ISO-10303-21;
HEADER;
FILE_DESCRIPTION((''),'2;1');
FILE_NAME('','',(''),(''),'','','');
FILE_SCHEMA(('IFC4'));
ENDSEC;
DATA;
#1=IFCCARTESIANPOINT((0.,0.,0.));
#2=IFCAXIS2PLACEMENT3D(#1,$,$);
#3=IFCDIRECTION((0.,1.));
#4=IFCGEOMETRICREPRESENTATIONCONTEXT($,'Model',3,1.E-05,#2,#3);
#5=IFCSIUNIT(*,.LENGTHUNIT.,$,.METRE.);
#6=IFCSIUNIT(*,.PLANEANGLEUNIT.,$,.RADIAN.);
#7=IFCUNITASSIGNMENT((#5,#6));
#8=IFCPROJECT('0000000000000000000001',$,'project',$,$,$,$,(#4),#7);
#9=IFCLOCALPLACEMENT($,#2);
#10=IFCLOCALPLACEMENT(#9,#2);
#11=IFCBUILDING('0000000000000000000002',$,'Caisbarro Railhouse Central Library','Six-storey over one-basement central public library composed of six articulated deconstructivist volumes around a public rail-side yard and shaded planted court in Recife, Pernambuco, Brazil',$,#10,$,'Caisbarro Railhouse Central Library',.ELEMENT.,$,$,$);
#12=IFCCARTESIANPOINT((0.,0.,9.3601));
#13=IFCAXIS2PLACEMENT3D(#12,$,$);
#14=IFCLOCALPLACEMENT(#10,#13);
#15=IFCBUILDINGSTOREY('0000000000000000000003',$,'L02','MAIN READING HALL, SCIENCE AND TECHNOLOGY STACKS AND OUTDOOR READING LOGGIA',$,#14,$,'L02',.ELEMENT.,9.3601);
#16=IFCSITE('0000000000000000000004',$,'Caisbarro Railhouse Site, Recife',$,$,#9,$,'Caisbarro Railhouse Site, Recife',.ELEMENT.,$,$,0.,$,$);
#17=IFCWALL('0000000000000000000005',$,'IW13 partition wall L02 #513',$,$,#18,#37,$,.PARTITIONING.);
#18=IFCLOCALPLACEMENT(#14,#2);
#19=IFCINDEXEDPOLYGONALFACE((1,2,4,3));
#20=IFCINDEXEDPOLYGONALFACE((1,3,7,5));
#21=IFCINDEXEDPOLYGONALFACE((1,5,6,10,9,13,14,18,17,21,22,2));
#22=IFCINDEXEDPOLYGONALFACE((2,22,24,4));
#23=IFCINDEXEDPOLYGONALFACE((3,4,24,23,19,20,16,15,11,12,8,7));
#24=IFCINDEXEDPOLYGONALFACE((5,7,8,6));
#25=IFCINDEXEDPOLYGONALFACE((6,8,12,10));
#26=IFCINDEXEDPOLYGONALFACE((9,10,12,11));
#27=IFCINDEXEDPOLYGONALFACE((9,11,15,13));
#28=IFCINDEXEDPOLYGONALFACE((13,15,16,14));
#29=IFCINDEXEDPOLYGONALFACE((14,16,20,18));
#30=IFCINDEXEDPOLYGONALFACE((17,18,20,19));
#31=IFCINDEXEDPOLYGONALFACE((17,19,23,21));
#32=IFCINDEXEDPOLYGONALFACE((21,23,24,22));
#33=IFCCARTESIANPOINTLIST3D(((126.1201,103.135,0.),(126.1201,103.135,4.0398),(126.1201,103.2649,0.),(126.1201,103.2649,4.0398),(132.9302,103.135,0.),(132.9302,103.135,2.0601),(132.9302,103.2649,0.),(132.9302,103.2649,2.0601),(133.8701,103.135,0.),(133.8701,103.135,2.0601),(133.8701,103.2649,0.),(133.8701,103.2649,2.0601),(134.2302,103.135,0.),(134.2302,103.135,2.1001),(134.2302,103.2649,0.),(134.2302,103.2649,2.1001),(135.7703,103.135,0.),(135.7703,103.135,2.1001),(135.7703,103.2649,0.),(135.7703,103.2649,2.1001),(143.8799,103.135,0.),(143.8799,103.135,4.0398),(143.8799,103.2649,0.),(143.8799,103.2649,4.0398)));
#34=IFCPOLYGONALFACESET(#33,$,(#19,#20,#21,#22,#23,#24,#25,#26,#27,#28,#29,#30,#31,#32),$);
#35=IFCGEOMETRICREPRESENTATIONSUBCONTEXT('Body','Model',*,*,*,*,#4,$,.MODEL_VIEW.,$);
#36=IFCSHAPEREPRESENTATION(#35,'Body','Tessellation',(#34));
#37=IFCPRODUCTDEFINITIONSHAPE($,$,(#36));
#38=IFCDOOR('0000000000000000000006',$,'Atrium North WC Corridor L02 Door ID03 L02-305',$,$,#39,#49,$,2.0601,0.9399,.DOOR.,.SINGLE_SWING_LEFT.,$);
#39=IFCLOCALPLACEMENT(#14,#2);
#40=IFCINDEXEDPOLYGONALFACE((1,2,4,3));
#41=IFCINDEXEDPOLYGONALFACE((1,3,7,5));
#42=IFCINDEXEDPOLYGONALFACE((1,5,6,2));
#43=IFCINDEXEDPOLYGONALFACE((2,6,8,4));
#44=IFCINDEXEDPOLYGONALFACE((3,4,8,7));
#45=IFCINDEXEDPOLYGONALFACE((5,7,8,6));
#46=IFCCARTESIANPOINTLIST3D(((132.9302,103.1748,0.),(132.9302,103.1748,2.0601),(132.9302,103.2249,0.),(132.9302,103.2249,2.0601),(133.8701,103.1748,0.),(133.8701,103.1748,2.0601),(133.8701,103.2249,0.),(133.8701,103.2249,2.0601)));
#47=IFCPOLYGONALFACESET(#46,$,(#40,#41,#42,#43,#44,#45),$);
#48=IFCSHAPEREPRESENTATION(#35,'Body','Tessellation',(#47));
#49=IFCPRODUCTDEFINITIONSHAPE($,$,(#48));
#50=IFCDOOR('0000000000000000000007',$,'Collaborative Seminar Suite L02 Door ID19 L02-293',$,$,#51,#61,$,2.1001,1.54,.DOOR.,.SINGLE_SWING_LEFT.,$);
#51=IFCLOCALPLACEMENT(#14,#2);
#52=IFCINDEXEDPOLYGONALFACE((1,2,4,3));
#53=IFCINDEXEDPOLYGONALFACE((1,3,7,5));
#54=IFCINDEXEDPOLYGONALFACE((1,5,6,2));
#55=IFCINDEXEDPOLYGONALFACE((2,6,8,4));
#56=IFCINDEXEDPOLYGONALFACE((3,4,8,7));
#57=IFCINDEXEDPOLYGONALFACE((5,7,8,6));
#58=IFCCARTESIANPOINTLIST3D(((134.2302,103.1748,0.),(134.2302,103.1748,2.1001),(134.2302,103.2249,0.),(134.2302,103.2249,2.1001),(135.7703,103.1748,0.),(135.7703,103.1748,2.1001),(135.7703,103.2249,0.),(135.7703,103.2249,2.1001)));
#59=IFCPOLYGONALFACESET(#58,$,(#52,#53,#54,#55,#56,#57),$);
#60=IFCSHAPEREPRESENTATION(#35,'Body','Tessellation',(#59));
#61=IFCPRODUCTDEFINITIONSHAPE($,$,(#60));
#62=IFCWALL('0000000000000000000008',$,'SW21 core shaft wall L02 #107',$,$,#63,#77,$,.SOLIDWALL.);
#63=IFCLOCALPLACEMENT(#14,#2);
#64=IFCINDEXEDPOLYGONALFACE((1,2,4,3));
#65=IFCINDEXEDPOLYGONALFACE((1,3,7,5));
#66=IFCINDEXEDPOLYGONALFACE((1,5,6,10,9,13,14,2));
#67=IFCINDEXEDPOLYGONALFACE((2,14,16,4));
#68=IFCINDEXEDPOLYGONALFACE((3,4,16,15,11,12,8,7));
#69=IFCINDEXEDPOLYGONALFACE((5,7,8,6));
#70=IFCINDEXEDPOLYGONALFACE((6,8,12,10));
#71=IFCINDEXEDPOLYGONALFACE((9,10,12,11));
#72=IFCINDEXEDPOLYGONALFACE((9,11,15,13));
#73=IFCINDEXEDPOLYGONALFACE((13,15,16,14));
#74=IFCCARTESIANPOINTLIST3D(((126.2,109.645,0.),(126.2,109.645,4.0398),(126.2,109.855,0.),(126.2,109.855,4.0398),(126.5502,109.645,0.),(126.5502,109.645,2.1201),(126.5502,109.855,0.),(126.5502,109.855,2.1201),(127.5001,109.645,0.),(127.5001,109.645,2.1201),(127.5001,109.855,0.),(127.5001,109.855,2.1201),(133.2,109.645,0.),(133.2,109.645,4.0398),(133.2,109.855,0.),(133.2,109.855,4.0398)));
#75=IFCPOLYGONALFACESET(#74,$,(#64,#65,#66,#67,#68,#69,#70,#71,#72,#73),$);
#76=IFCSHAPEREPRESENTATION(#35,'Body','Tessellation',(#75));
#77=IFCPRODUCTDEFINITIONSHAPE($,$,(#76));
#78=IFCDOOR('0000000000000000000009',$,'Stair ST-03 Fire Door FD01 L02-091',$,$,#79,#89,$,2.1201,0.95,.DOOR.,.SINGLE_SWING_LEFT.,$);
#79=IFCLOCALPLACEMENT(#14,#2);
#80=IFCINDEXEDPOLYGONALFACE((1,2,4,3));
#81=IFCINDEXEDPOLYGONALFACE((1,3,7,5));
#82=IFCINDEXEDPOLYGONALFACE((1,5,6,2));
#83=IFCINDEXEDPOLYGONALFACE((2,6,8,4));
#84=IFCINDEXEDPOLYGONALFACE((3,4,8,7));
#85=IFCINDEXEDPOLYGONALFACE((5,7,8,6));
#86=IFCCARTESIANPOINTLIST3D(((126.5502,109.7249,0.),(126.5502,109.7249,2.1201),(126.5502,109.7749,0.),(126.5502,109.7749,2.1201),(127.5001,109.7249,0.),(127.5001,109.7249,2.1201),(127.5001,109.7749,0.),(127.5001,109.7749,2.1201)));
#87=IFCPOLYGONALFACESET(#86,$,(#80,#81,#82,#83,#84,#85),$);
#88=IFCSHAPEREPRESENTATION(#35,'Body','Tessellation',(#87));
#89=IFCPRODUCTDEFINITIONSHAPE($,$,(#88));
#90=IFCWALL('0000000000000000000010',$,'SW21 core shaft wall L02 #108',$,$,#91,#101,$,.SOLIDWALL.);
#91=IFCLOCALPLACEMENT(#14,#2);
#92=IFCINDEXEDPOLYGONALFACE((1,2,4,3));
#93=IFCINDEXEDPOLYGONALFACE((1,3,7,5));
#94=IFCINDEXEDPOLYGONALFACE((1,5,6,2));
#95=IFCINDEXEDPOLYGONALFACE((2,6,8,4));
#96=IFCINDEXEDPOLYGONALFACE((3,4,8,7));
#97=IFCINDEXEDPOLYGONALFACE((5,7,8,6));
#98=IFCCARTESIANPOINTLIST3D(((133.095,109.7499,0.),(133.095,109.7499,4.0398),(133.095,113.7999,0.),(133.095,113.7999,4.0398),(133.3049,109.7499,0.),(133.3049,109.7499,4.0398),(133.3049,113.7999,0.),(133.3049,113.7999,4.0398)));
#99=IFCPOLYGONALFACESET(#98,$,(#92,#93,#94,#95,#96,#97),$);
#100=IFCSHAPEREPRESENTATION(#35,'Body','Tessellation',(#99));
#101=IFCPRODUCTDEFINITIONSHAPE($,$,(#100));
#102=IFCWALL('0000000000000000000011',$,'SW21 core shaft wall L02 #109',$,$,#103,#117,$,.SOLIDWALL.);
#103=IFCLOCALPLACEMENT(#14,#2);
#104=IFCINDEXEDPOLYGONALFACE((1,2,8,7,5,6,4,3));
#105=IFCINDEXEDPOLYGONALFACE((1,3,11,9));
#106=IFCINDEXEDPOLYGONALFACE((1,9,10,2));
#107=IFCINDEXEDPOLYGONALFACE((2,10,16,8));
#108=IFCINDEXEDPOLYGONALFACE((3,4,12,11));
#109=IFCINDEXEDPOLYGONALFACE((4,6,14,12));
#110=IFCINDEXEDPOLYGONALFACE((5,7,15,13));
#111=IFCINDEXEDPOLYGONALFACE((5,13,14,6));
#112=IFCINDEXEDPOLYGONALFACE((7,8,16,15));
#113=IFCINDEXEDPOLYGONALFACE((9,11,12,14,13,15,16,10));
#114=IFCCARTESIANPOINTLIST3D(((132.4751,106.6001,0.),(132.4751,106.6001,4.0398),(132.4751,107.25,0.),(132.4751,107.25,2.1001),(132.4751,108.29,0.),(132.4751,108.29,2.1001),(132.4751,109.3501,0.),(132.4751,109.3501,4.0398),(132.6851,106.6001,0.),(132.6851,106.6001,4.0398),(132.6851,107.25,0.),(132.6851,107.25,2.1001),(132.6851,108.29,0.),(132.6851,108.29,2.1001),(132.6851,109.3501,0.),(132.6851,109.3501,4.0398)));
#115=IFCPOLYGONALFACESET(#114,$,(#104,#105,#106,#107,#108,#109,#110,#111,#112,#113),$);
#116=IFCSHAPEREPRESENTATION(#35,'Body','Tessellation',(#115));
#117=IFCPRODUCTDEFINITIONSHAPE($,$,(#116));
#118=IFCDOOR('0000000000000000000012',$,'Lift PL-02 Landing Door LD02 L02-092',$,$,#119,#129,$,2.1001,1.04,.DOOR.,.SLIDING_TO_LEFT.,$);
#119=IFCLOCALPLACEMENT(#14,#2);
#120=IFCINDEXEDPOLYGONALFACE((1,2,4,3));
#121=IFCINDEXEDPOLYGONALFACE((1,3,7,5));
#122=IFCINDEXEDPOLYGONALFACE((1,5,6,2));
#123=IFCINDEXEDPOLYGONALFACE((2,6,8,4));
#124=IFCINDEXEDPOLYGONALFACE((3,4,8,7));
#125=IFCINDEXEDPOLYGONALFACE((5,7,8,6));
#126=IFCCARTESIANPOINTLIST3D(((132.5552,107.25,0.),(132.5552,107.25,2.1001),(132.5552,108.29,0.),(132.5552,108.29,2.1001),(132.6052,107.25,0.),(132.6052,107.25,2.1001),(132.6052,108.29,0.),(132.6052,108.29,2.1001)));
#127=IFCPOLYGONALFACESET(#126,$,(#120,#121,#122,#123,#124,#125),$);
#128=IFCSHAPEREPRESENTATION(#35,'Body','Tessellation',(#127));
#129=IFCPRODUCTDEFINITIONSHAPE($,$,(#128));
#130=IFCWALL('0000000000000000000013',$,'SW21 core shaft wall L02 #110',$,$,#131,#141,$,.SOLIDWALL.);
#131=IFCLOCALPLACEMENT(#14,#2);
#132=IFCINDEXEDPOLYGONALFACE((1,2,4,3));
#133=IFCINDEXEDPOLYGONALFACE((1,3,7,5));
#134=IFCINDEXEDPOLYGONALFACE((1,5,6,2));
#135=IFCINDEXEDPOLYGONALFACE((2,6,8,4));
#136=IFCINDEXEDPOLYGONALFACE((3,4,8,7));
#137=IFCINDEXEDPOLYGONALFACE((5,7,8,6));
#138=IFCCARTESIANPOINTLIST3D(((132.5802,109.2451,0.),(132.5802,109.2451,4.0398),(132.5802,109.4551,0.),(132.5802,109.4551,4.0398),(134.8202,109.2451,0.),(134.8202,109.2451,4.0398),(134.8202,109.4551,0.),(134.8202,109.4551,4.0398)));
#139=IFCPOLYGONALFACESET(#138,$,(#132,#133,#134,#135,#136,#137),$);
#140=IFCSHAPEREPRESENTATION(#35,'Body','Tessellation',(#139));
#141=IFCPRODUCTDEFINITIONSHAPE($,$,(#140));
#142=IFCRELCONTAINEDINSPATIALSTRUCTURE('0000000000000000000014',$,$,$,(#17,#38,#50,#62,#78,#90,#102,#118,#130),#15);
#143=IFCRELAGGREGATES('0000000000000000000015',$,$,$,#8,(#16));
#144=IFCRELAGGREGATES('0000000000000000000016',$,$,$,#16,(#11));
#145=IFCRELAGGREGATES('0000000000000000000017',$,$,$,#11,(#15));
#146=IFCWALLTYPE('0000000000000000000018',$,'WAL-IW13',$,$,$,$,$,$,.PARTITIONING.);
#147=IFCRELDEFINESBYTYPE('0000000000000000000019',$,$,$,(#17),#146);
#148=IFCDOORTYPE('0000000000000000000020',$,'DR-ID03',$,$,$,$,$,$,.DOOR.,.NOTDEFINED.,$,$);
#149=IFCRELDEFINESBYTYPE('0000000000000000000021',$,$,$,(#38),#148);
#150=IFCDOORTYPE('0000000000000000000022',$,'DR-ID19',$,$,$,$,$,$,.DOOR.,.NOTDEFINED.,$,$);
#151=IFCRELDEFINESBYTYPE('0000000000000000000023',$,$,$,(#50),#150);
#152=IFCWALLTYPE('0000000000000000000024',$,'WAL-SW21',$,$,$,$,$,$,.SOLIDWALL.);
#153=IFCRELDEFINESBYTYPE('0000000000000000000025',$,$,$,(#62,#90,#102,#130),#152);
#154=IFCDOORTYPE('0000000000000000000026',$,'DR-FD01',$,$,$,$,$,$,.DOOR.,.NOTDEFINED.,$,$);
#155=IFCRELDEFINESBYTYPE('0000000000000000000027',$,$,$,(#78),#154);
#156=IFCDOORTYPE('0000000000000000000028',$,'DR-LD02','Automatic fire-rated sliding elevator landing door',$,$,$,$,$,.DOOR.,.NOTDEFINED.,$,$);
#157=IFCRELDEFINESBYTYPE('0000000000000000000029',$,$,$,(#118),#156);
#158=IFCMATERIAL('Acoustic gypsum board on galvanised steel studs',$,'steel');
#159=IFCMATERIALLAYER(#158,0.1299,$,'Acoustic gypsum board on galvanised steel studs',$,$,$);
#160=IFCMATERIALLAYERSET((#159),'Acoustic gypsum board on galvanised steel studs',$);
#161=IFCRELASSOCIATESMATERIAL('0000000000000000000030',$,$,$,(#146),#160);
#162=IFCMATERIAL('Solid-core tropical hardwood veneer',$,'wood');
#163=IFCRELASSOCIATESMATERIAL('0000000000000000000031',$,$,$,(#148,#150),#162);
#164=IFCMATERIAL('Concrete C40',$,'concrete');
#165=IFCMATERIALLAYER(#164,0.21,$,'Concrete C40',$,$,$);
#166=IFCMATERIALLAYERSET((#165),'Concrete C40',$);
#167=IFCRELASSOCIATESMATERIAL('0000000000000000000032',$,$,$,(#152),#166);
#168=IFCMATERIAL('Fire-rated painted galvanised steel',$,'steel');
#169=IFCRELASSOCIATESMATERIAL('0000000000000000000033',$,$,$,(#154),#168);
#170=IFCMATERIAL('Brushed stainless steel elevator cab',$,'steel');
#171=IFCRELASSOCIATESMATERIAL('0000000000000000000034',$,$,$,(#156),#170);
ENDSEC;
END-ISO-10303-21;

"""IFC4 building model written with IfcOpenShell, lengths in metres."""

from ifc_helpers import new_model, si_unit, direction, frame, frame_2d, origin, place, context, subcontext, project, spatial, rectangle, extrude, material, layer, layer_set, type_object, element, fill, save


model = new_model("IFC4")

# Units and contexts
model_context = context("Model", 3, precision=1e-05, world=origin(), true_north=direction((0.0, 1.0)))
body_context = subcontext(model_context, "Body", "Model", "MODEL_VIEW")
ifc_project = project(units=[si_unit("LENGTHUNIT", "METRE"), si_unit("PLANEANGLEUNIT", "RADIAN")], contexts=[model_context])

# Site, building, storey
site_placement = place(None, origin())
site = spatial("IfcSite", under=ifc_project, at=site_placement, Name="Caisbarro Railhouse Site, Recife", LongName="Caisbarro Railhouse Site, Recife", CompositionType="ELEMENT", RefElevation=0.0)
building_placement = place(site_placement, origin())
building = spatial("IfcBuilding", under=site, at=building_placement, Name="Caisbarro Railhouse Central Library", Description="Six-storey over one-basement central public library composed of six articulated deconstructivist volumes around a public rail-side yard and shaded planted court in Recife, Pernambuco, Brazil", LongName="Caisbarro Railhouse Central Library", CompositionType="ELEMENT")
storey_placement = place(building_placement, frame((0.0, 0.0, 9.3601)))
storey = spatial("IfcBuildingStorey", under=building, at=storey_placement, Name="L02", Description="MAIN READING HALL, SCIENCE AND TECHNOLOGY STACKS AND OUTDOOR READING LOGGIA", LongName="L02", CompositionType="ELEMENT", Elevation=9.3601)

# Shared definitions
ifc_material_1 = material(Name="Concrete C40", Category="concrete")

# Shared definitions
ifc_material_2 = material(Name="Fire-rated painted galvanised steel", Category="steel")

# Wall, openings, doors
ifc_material_3 = material(Name="Acoustic gypsum board on galvanised steel studs", Category="steel")
ifc_layer_1 = layer(ifc_material_3, 0.1299, Name="Acoustic gypsum board on galvanised steel studs")
ifc_layer_set_1 = layer_set([ifc_layer_1], Name="Acoustic gypsum board on galvanised steel studs")
wall_type_1 = type_object("IfcWallType", Name="WAL-IW13", PredefinedType="PARTITIONING", material=ifc_layer_set_1)
wall_1_placement = place(storey_placement, frame((126.1201, 103.2, 0.0), z_axis=(0.0, 0.0, 1.0), x_axis=(1.0, 0.0, 0.0)))
wall_1 = element("IfcWall", 1, at=wall_1_placement, inside=storey, type_object=wall_type_1, Name="IW13 partition wall L02 #513", PredefinedType="PARTITIONING", context=body_context, shape_type="SweptSolid", body=[
    extrude(rectangle(XDim=17.7598, YDim=0.1299, at=frame_2d((8.8799, 0.0))), origin(), (0.0, 0.0, 1.0), 4.0398),
])
opening_1_placement = place(wall_1_placement, frame((8.1101, 0.0, 0.0)))
opening_1 = element("IfcOpeningElement", 2, at=opening_1_placement, cuts=wall_1, PredefinedType="OPENING", context=body_context, shape_type="SweptSolid", body=[
    extrude(rectangle(XDim=1.54, YDim=2.1001, at=frame_2d((0.77, 1.05))), frame((0.0, 0.075, 0.0), z_axis=(0.0, -1.0, 0.0), x_axis=(1.0, 0.0, 0.0)), (0.0, 0.0, 1.0), 0.1499),
])
opening_2_placement = place(wall_1_placement, frame((6.8101, 0.0, 0.0)))
opening_2 = element("IfcOpeningElement", 3, at=opening_2_placement, cuts=wall_1, PredefinedType="OPENING", context=body_context, shape_type="SweptSolid", body=[
    extrude(rectangle(XDim=0.9399, YDim=2.0601, at=frame_2d((0.47, 1.03))), frame((0.0, 0.075, 0.0), z_axis=(0.0, -1.0, 0.0), x_axis=(1.0, 0.0, 0.0)), (0.0, 0.0, 1.0), 0.1499),
])
ifc_material_4 = material(Name="Solid-core tropical hardwood veneer", Category="wood")
door_type_1 = type_object("IfcDoorType", Name="DR-ID03", OperationType="NOTDEFINED", PredefinedType="DOOR", material=ifc_material_4)
door_1_placement = place(opening_2_placement, origin())
door_1 = element("IfcDoor", 4, at=door_1_placement, inside=storey, type_object=door_type_1, Name="Atrium North WC Corridor L02 Door ID03 L02-305", OperationType="SINGLE_SWING_LEFT", OverallHeight=2.0601, OverallWidth=0.9399, PredefinedType="DOOR", context=body_context, shape_type="SweptSolid", body=[
    extrude(rectangle(XDim=0.9399, YDim=2.0601, at=frame_2d((0.47, 1.03))), frame((0.0, 0.0249, 0.0), z_axis=(0.0, -1.0, 0.0), x_axis=(1.0, 0.0, 0.0)), (0.0, 0.0, 1.0), 0.05),
])
fill(opening_2, door_1)
door_type_2 = type_object("IfcDoorType", Name="DR-ID19", OperationType="NOTDEFINED", PredefinedType="DOOR", material=ifc_material_4)
door_2_placement = place(opening_1_placement, origin())
door_2 = element("IfcDoor", 5, at=door_2_placement, inside=storey, type_object=door_type_2, Name="Collaborative Seminar Suite L02 Door ID19 L02-293", OperationType="SINGLE_SWING_LEFT", OverallHeight=2.1001, OverallWidth=1.54, PredefinedType="DOOR", context=body_context, shape_type="SweptSolid", body=[
    extrude(rectangle(XDim=1.54, YDim=2.1001, at=frame_2d((0.77, 1.05))), frame((0.0, 0.0249, 0.0), z_axis=(0.0, -1.0, 0.0), x_axis=(1.0, 0.0, 0.0)), (0.0, 0.0, 1.0), 0.05),
])
fill(opening_1, door_2)

# Wall, opening, door
ifc_layer_2 = layer(ifc_material_1, 0.21, Name="Concrete C40")
ifc_layer_set_2 = layer_set([ifc_layer_2], Name="Concrete C40")
wall_type_2 = type_object("IfcWallType", Name="WAL-SW21", PredefinedType="SOLIDWALL", material=ifc_layer_set_2)
wall_2_placement = place(storey_placement, frame((126.2, 109.75, 0.0), z_axis=(0.0, 0.0, 1.0), x_axis=(1.0, 0.0, 0.0)))
wall_2 = element("IfcWall", 6, at=wall_2_placement, inside=storey, type_object=wall_type_2, Name="SW21 core shaft wall L02 #107", PredefinedType="SOLIDWALL", context=body_context, shape_type="SweptSolid", body=[
    extrude(rectangle(XDim=7.0, YDim=0.21, at=frame_2d((3.5, 0.0))), origin(), (0.0, 0.0, 1.0), 4.0398),
])
opening_3_placement = place(wall_2_placement, frame((0.3501, 0.0, 0.0)))
opening_3 = element("IfcOpeningElement", 7, at=opening_3_placement, cuts=wall_2, PredefinedType="OPENING", context=body_context, shape_type="SweptSolid", body=[
    extrude(rectangle(XDim=0.95, YDim=2.1201, at=frame_2d((0.4751, 1.0601))), frame((0.0, 0.115, 0.0), z_axis=(0.0, -1.0, 0.0), x_axis=(1.0, 0.0, 0.0)), (0.0, 0.0, 1.0), 0.23),
])
door_type_3 = type_object("IfcDoorType", Name="DR-FD01", OperationType="NOTDEFINED", PredefinedType="DOOR", material=ifc_material_2)
door_3_placement = place(opening_3_placement, origin())
door_3 = element("IfcDoor", 8, at=door_3_placement, inside=storey, type_object=door_type_3, Name="Stair ST-03 Fire Door FD01 L02-091", OperationType="SINGLE_SWING_LEFT", OverallHeight=2.1201, OverallWidth=0.95, PredefinedType="DOOR", context=body_context, shape_type="SweptSolid", body=[
    extrude(rectangle(XDim=0.95, YDim=2.1201, at=frame_2d((0.4751, 1.0601))), frame((0.0, 0.0249, 0.0), z_axis=(0.0, -1.0, 0.0), x_axis=(1.0, 0.0, 0.0)), (0.0, 0.0, 1.0), 0.05),
])
fill(opening_3, door_3)

# Wall
wall_3_placement = place(storey_placement, frame((133.2, 109.75, 0.0), z_axis=(0.0, 0.0, 1.0), x_axis=(0.0, 1.0, 0.0)))
element("IfcWall", 9, at=wall_3_placement, inside=storey, type_object=wall_type_2, Name="SW21 core shaft wall L02 #108", PredefinedType="SOLIDWALL", context=body_context, shape_type="SweptSolid", body=[
    extrude(rectangle(XDim=4.05, YDim=0.21, at=frame_2d((2.0249, 0.0))), origin(), (0.0, 0.0, 1.0), 4.0398),
])

# Wall, opening, door
wall_4_placement = place(storey_placement, frame((132.5801, 106.6001, 0.0), z_axis=(0.0, 0.0, 1.0), x_axis=(0.0, 1.0, 0.0)))
wall_4 = element("IfcWall", 10, at=wall_4_placement, inside=storey, type_object=wall_type_2, Name="SW21 core shaft wall L02 #109", PredefinedType="SOLIDWALL", context=body_context, shape_type="SweptSolid", body=[
    extrude(rectangle(XDim=2.75, YDim=0.21, at=frame_2d((1.375, 0.0))), origin(), (0.0, 0.0, 1.0), 4.0398),
])
opening_4_placement = place(wall_4_placement, frame((0.6499, 0.0, 0.0)))
opening_4 = element("IfcOpeningElement", 11, at=opening_4_placement, cuts=wall_4, PredefinedType="OPENING", context=body_context, shape_type="SweptSolid", body=[
    extrude(rectangle(XDim=1.04, YDim=2.1001, at=frame_2d((0.52, 1.05))), frame((0.0, 0.115, 0.0), z_axis=(0.0, -1.0, 0.0), x_axis=(1.0, 0.0, 0.0)), (0.0, 0.0, 1.0), 0.23),
])
ifc_material_5 = material(Name="Brushed stainless steel elevator cab", Category="steel")
door_type_4 = type_object("IfcDoorType", Name="DR-LD02", Description="Automatic fire-rated sliding elevator landing door", OperationType="NOTDEFINED", PredefinedType="DOOR", material=ifc_material_5)
door_4_placement = place(opening_4_placement, origin())
door_4 = element("IfcDoor", 12, at=door_4_placement, inside=storey, type_object=door_type_4, Name="Lift PL-02 Landing Door LD02 L02-092", OperationType="SLIDING_TO_LEFT", OverallHeight=2.1001, OverallWidth=1.04, PredefinedType="DOOR", context=body_context, shape_type="SweptSolid", body=[
    extrude(rectangle(XDim=1.04, YDim=2.1001, at=frame_2d((0.52, 1.05))), frame((0.0, 0.0249, 0.0), z_axis=(0.0, -1.0, 0.0), x_axis=(1.0, 0.0, 0.0)), (0.0, 0.0, 1.0), 0.05),
])
fill(opening_4, door_4)

# Wall
wall_5_placement = place(storey_placement, frame((132.5801, 109.3501, 0.0), z_axis=(0.0, 0.0, 1.0), x_axis=(1.0, 0.0, 0.0)))
element("IfcWall", 13, at=wall_5_placement, inside=storey, type_object=wall_type_2, Name="SW21 core shaft wall L02 #110", PredefinedType="SOLIDWALL", context=body_context, shape_type="SweptSolid", body=[
    extrude(rectangle(XDim=2.24, YDim=0.21, at=frame_2d((1.1201, 0.0))), origin(), (0.0, 0.0, 1.0), 4.0398),
])

save(model, "model.ifc")
